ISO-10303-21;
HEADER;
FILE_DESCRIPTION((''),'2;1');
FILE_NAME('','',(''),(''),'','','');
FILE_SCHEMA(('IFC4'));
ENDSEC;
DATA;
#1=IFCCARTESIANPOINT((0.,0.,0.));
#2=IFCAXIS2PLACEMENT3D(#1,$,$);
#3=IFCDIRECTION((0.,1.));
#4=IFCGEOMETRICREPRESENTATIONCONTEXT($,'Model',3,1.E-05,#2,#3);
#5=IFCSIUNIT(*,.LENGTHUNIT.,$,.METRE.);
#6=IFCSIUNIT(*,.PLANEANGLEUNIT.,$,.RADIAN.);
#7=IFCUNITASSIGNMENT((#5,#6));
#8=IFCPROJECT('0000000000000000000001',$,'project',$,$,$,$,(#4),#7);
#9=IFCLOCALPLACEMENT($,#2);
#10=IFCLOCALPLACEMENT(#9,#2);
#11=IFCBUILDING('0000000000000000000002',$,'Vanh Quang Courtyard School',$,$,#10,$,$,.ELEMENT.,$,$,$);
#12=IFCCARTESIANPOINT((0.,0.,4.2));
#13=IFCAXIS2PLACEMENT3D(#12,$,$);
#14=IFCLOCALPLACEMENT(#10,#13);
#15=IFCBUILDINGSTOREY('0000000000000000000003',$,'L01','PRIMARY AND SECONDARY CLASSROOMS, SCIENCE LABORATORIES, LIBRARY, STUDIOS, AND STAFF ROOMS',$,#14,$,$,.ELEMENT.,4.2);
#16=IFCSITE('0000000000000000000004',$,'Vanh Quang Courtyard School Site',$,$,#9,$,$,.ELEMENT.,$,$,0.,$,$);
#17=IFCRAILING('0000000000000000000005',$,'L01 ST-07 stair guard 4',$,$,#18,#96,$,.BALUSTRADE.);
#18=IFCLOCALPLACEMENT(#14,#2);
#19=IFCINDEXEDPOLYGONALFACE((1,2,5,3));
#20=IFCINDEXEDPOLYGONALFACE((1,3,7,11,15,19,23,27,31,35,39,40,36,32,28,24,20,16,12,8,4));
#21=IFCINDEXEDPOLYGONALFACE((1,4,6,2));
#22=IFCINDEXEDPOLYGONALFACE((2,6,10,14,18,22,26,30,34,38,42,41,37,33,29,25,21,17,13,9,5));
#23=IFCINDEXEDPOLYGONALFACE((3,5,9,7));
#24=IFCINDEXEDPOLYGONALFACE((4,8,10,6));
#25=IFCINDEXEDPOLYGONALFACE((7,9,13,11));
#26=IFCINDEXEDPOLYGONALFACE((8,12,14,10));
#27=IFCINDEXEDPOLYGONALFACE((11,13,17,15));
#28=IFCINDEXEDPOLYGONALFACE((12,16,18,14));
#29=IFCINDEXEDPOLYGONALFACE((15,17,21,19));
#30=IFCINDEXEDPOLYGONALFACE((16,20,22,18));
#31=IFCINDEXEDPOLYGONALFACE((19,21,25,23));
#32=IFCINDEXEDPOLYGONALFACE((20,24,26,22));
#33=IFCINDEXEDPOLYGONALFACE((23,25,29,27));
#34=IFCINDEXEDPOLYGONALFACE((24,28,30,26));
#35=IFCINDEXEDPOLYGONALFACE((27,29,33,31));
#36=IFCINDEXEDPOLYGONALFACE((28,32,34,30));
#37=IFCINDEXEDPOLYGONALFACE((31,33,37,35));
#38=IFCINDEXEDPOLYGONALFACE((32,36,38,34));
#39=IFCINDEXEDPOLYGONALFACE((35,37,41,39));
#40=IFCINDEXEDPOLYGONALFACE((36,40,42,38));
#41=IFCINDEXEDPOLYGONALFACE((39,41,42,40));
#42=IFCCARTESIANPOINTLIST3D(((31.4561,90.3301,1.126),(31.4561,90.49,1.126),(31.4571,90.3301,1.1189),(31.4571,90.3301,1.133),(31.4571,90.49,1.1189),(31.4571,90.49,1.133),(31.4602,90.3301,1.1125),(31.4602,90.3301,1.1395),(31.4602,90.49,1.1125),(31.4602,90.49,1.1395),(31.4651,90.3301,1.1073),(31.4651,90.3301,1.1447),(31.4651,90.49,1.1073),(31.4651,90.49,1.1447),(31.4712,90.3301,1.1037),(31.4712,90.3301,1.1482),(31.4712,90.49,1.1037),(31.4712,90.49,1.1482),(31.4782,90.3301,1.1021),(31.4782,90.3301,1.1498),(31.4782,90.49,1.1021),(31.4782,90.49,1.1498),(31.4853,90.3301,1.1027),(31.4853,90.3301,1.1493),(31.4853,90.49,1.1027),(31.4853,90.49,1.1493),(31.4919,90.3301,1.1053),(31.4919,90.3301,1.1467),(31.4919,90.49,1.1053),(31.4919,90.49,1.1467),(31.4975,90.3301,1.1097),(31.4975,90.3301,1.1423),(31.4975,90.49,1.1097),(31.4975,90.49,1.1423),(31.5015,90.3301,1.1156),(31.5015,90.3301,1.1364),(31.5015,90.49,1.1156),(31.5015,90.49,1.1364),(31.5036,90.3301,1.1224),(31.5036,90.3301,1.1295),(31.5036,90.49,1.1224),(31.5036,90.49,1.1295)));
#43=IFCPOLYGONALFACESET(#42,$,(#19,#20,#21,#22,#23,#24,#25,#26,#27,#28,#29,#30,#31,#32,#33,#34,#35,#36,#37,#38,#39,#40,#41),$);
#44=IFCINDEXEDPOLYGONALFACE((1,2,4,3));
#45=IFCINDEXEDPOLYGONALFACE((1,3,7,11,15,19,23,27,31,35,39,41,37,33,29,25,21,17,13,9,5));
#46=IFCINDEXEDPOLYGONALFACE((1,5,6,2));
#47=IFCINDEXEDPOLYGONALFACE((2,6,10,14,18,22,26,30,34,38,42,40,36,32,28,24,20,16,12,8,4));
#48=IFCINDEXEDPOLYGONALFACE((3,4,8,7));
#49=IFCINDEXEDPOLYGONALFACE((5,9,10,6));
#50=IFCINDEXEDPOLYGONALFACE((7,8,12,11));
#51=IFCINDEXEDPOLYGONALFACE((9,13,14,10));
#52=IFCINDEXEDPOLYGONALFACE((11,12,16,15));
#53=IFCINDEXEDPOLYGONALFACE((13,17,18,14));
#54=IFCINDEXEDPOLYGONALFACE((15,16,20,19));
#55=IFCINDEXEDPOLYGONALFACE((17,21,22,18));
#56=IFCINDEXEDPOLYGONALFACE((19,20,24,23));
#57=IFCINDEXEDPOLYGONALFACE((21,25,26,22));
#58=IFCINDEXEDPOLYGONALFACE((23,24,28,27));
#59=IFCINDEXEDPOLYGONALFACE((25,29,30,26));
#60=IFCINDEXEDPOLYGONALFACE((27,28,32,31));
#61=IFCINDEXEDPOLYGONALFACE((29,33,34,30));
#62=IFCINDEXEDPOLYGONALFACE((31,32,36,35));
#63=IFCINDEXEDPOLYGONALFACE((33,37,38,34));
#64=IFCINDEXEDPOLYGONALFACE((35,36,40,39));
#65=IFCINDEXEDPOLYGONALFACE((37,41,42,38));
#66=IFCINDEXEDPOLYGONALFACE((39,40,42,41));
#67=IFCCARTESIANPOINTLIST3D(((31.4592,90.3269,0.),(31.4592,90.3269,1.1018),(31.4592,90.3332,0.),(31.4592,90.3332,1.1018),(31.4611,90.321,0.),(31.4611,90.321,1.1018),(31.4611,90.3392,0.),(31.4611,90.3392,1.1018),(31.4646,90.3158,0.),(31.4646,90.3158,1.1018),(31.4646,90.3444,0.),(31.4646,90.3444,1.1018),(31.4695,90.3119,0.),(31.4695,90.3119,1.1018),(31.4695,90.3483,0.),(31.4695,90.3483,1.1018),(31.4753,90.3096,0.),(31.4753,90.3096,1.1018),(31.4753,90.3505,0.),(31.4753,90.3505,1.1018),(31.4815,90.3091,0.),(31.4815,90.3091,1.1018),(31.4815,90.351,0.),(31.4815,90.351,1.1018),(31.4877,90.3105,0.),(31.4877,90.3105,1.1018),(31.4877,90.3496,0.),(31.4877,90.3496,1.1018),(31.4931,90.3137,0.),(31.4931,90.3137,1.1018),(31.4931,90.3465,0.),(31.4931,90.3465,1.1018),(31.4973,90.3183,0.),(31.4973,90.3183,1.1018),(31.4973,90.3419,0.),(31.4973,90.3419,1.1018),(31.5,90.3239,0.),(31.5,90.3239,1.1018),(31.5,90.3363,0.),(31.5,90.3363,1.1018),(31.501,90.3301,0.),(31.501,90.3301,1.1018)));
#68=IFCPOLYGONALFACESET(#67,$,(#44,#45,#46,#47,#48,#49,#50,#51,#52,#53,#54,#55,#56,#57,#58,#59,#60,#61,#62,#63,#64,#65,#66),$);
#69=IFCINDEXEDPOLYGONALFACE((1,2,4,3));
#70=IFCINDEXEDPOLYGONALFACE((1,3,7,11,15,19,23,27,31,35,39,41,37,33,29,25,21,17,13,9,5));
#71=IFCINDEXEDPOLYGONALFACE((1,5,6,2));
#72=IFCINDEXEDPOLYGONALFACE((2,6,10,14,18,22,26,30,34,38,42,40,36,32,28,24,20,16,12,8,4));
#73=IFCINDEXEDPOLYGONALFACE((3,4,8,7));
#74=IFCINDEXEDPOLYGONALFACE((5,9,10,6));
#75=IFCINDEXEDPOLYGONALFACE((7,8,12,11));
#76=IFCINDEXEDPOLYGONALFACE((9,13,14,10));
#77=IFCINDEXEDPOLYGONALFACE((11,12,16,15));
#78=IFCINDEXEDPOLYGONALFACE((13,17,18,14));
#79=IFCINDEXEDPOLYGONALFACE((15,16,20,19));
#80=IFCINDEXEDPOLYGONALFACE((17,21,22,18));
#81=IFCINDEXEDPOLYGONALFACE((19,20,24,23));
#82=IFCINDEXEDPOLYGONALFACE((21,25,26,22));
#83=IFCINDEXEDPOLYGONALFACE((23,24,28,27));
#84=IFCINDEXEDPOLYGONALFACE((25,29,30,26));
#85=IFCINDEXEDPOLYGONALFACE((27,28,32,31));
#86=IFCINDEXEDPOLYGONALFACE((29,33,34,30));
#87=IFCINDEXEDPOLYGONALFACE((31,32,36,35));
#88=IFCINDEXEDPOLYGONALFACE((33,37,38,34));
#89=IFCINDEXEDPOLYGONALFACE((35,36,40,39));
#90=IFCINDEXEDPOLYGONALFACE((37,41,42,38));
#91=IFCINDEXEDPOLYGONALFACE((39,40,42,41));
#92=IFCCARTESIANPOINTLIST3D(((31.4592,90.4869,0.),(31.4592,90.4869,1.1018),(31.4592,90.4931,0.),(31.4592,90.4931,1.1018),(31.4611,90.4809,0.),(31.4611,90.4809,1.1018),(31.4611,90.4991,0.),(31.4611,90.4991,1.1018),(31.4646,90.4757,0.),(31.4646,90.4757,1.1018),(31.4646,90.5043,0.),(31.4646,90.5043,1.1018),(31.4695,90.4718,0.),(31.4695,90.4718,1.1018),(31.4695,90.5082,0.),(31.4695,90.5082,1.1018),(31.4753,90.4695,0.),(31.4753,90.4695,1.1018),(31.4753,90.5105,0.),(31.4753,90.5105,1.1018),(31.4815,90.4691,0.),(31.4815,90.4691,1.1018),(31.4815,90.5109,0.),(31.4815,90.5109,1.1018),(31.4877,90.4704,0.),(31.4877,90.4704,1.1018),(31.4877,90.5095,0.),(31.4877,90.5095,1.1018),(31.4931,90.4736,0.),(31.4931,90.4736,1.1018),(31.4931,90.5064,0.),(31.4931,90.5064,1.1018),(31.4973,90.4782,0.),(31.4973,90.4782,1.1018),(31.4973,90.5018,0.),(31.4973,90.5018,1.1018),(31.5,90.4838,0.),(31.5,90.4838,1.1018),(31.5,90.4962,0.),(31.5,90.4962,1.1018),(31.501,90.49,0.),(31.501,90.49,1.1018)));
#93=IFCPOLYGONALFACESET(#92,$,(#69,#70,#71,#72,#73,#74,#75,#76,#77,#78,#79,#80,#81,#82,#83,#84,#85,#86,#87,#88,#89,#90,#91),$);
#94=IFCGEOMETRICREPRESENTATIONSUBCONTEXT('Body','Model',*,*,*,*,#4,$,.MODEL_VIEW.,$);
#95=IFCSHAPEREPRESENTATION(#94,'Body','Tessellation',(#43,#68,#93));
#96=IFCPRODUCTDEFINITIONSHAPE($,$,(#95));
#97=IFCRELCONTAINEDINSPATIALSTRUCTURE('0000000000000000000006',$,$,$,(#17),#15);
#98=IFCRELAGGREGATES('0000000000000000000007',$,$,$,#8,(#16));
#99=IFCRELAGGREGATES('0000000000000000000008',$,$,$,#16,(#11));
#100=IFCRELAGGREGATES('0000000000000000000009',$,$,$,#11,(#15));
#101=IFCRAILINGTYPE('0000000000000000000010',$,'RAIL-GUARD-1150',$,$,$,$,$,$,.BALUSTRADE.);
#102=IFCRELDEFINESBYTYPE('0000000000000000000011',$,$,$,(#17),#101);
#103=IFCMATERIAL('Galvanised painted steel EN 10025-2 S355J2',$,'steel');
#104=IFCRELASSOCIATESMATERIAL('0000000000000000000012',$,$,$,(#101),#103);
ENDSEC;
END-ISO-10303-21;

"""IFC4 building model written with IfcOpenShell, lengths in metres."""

from ifc_helpers import new_model, si_unit, direction, frame, origin, origin_2d, place, context, subcontext, project, spatial, circle, extrude, material, type_object, element, save


model = new_model("IFC4")

# Units and contexts
model_context = context("Model", 3, precision=1e-05, world=origin(), true_north=direction((0.0, 1.0)))
body_context = subcontext(model_context, "Body", "Model", "MODEL_VIEW")
ifc_project = project(units=[si_unit("LENGTHUNIT", "METRE"), si_unit("PLANEANGLEUNIT", "RADIAN")], contexts=[model_context])

# Site, building, storey
site_placement = place(None, origin())
site = spatial("IfcSite", under=ifc_project, at=site_placement, Name="Vanh Quang Courtyard School Site", CompositionType="ELEMENT", RefElevation=0.0)
building_placement = place(site_placement, origin())
building = spatial("IfcBuilding", under=site, at=building_placement, Name="Vanh Quang Courtyard School", CompositionType="ELEMENT")
storey_placement = place(building_placement, frame((0.0, 0.0, 4.2)))
storey = spatial("IfcBuildingStorey", under=building, at=storey_placement, Name="L01", Description="PRIMARY AND SECONDARY CLASSROOMS, SCIENCE LABORATORIES, LIBRARY, STUDIOS, AND STAFF ROOMS", CompositionType="ELEMENT", Elevation=4.2)

# Railing
ifc_material_1 = material(Name="Galvanised painted steel EN 10025-2 S355J2", Category="steel")
railing_type_1 = type_object("IfcRailingType", Name="RAIL-GUARD-1150", PredefinedType="BALUSTRADE", material=ifc_material_1)
railing_1_placement = place(storey_placement, frame((31.48, 90.3301, 0.0)))
element("IfcRailing", 1, at=railing_1_placement, inside=storey, type_object=railing_type_1, Name="L01 ST-07 stair guard 4", PredefinedType="BALUSTRADE", context=body_context, shape_type="SweptSolid", body=[
    extrude(circle(Radius=0.0239, at=origin_2d()), frame((0.0, 0.0, 1.126), z_axis=(0.0, 1.0, 0.0), x_axis=(-1.0, 0.0, 0.0)), (0.0, 0.0, 1.0), 0.1599),
    extrude(circle(Radius=0.021, at=origin_2d()), origin(), (0.0, 0.0, 1.0), 1.1018),
    extrude(circle(Radius=0.021, at=origin_2d()), frame((0.0, 0.1599, 0.0)), (0.0, 0.0, 1.0), 1.1018),
])

save(model, "model.ifc")
